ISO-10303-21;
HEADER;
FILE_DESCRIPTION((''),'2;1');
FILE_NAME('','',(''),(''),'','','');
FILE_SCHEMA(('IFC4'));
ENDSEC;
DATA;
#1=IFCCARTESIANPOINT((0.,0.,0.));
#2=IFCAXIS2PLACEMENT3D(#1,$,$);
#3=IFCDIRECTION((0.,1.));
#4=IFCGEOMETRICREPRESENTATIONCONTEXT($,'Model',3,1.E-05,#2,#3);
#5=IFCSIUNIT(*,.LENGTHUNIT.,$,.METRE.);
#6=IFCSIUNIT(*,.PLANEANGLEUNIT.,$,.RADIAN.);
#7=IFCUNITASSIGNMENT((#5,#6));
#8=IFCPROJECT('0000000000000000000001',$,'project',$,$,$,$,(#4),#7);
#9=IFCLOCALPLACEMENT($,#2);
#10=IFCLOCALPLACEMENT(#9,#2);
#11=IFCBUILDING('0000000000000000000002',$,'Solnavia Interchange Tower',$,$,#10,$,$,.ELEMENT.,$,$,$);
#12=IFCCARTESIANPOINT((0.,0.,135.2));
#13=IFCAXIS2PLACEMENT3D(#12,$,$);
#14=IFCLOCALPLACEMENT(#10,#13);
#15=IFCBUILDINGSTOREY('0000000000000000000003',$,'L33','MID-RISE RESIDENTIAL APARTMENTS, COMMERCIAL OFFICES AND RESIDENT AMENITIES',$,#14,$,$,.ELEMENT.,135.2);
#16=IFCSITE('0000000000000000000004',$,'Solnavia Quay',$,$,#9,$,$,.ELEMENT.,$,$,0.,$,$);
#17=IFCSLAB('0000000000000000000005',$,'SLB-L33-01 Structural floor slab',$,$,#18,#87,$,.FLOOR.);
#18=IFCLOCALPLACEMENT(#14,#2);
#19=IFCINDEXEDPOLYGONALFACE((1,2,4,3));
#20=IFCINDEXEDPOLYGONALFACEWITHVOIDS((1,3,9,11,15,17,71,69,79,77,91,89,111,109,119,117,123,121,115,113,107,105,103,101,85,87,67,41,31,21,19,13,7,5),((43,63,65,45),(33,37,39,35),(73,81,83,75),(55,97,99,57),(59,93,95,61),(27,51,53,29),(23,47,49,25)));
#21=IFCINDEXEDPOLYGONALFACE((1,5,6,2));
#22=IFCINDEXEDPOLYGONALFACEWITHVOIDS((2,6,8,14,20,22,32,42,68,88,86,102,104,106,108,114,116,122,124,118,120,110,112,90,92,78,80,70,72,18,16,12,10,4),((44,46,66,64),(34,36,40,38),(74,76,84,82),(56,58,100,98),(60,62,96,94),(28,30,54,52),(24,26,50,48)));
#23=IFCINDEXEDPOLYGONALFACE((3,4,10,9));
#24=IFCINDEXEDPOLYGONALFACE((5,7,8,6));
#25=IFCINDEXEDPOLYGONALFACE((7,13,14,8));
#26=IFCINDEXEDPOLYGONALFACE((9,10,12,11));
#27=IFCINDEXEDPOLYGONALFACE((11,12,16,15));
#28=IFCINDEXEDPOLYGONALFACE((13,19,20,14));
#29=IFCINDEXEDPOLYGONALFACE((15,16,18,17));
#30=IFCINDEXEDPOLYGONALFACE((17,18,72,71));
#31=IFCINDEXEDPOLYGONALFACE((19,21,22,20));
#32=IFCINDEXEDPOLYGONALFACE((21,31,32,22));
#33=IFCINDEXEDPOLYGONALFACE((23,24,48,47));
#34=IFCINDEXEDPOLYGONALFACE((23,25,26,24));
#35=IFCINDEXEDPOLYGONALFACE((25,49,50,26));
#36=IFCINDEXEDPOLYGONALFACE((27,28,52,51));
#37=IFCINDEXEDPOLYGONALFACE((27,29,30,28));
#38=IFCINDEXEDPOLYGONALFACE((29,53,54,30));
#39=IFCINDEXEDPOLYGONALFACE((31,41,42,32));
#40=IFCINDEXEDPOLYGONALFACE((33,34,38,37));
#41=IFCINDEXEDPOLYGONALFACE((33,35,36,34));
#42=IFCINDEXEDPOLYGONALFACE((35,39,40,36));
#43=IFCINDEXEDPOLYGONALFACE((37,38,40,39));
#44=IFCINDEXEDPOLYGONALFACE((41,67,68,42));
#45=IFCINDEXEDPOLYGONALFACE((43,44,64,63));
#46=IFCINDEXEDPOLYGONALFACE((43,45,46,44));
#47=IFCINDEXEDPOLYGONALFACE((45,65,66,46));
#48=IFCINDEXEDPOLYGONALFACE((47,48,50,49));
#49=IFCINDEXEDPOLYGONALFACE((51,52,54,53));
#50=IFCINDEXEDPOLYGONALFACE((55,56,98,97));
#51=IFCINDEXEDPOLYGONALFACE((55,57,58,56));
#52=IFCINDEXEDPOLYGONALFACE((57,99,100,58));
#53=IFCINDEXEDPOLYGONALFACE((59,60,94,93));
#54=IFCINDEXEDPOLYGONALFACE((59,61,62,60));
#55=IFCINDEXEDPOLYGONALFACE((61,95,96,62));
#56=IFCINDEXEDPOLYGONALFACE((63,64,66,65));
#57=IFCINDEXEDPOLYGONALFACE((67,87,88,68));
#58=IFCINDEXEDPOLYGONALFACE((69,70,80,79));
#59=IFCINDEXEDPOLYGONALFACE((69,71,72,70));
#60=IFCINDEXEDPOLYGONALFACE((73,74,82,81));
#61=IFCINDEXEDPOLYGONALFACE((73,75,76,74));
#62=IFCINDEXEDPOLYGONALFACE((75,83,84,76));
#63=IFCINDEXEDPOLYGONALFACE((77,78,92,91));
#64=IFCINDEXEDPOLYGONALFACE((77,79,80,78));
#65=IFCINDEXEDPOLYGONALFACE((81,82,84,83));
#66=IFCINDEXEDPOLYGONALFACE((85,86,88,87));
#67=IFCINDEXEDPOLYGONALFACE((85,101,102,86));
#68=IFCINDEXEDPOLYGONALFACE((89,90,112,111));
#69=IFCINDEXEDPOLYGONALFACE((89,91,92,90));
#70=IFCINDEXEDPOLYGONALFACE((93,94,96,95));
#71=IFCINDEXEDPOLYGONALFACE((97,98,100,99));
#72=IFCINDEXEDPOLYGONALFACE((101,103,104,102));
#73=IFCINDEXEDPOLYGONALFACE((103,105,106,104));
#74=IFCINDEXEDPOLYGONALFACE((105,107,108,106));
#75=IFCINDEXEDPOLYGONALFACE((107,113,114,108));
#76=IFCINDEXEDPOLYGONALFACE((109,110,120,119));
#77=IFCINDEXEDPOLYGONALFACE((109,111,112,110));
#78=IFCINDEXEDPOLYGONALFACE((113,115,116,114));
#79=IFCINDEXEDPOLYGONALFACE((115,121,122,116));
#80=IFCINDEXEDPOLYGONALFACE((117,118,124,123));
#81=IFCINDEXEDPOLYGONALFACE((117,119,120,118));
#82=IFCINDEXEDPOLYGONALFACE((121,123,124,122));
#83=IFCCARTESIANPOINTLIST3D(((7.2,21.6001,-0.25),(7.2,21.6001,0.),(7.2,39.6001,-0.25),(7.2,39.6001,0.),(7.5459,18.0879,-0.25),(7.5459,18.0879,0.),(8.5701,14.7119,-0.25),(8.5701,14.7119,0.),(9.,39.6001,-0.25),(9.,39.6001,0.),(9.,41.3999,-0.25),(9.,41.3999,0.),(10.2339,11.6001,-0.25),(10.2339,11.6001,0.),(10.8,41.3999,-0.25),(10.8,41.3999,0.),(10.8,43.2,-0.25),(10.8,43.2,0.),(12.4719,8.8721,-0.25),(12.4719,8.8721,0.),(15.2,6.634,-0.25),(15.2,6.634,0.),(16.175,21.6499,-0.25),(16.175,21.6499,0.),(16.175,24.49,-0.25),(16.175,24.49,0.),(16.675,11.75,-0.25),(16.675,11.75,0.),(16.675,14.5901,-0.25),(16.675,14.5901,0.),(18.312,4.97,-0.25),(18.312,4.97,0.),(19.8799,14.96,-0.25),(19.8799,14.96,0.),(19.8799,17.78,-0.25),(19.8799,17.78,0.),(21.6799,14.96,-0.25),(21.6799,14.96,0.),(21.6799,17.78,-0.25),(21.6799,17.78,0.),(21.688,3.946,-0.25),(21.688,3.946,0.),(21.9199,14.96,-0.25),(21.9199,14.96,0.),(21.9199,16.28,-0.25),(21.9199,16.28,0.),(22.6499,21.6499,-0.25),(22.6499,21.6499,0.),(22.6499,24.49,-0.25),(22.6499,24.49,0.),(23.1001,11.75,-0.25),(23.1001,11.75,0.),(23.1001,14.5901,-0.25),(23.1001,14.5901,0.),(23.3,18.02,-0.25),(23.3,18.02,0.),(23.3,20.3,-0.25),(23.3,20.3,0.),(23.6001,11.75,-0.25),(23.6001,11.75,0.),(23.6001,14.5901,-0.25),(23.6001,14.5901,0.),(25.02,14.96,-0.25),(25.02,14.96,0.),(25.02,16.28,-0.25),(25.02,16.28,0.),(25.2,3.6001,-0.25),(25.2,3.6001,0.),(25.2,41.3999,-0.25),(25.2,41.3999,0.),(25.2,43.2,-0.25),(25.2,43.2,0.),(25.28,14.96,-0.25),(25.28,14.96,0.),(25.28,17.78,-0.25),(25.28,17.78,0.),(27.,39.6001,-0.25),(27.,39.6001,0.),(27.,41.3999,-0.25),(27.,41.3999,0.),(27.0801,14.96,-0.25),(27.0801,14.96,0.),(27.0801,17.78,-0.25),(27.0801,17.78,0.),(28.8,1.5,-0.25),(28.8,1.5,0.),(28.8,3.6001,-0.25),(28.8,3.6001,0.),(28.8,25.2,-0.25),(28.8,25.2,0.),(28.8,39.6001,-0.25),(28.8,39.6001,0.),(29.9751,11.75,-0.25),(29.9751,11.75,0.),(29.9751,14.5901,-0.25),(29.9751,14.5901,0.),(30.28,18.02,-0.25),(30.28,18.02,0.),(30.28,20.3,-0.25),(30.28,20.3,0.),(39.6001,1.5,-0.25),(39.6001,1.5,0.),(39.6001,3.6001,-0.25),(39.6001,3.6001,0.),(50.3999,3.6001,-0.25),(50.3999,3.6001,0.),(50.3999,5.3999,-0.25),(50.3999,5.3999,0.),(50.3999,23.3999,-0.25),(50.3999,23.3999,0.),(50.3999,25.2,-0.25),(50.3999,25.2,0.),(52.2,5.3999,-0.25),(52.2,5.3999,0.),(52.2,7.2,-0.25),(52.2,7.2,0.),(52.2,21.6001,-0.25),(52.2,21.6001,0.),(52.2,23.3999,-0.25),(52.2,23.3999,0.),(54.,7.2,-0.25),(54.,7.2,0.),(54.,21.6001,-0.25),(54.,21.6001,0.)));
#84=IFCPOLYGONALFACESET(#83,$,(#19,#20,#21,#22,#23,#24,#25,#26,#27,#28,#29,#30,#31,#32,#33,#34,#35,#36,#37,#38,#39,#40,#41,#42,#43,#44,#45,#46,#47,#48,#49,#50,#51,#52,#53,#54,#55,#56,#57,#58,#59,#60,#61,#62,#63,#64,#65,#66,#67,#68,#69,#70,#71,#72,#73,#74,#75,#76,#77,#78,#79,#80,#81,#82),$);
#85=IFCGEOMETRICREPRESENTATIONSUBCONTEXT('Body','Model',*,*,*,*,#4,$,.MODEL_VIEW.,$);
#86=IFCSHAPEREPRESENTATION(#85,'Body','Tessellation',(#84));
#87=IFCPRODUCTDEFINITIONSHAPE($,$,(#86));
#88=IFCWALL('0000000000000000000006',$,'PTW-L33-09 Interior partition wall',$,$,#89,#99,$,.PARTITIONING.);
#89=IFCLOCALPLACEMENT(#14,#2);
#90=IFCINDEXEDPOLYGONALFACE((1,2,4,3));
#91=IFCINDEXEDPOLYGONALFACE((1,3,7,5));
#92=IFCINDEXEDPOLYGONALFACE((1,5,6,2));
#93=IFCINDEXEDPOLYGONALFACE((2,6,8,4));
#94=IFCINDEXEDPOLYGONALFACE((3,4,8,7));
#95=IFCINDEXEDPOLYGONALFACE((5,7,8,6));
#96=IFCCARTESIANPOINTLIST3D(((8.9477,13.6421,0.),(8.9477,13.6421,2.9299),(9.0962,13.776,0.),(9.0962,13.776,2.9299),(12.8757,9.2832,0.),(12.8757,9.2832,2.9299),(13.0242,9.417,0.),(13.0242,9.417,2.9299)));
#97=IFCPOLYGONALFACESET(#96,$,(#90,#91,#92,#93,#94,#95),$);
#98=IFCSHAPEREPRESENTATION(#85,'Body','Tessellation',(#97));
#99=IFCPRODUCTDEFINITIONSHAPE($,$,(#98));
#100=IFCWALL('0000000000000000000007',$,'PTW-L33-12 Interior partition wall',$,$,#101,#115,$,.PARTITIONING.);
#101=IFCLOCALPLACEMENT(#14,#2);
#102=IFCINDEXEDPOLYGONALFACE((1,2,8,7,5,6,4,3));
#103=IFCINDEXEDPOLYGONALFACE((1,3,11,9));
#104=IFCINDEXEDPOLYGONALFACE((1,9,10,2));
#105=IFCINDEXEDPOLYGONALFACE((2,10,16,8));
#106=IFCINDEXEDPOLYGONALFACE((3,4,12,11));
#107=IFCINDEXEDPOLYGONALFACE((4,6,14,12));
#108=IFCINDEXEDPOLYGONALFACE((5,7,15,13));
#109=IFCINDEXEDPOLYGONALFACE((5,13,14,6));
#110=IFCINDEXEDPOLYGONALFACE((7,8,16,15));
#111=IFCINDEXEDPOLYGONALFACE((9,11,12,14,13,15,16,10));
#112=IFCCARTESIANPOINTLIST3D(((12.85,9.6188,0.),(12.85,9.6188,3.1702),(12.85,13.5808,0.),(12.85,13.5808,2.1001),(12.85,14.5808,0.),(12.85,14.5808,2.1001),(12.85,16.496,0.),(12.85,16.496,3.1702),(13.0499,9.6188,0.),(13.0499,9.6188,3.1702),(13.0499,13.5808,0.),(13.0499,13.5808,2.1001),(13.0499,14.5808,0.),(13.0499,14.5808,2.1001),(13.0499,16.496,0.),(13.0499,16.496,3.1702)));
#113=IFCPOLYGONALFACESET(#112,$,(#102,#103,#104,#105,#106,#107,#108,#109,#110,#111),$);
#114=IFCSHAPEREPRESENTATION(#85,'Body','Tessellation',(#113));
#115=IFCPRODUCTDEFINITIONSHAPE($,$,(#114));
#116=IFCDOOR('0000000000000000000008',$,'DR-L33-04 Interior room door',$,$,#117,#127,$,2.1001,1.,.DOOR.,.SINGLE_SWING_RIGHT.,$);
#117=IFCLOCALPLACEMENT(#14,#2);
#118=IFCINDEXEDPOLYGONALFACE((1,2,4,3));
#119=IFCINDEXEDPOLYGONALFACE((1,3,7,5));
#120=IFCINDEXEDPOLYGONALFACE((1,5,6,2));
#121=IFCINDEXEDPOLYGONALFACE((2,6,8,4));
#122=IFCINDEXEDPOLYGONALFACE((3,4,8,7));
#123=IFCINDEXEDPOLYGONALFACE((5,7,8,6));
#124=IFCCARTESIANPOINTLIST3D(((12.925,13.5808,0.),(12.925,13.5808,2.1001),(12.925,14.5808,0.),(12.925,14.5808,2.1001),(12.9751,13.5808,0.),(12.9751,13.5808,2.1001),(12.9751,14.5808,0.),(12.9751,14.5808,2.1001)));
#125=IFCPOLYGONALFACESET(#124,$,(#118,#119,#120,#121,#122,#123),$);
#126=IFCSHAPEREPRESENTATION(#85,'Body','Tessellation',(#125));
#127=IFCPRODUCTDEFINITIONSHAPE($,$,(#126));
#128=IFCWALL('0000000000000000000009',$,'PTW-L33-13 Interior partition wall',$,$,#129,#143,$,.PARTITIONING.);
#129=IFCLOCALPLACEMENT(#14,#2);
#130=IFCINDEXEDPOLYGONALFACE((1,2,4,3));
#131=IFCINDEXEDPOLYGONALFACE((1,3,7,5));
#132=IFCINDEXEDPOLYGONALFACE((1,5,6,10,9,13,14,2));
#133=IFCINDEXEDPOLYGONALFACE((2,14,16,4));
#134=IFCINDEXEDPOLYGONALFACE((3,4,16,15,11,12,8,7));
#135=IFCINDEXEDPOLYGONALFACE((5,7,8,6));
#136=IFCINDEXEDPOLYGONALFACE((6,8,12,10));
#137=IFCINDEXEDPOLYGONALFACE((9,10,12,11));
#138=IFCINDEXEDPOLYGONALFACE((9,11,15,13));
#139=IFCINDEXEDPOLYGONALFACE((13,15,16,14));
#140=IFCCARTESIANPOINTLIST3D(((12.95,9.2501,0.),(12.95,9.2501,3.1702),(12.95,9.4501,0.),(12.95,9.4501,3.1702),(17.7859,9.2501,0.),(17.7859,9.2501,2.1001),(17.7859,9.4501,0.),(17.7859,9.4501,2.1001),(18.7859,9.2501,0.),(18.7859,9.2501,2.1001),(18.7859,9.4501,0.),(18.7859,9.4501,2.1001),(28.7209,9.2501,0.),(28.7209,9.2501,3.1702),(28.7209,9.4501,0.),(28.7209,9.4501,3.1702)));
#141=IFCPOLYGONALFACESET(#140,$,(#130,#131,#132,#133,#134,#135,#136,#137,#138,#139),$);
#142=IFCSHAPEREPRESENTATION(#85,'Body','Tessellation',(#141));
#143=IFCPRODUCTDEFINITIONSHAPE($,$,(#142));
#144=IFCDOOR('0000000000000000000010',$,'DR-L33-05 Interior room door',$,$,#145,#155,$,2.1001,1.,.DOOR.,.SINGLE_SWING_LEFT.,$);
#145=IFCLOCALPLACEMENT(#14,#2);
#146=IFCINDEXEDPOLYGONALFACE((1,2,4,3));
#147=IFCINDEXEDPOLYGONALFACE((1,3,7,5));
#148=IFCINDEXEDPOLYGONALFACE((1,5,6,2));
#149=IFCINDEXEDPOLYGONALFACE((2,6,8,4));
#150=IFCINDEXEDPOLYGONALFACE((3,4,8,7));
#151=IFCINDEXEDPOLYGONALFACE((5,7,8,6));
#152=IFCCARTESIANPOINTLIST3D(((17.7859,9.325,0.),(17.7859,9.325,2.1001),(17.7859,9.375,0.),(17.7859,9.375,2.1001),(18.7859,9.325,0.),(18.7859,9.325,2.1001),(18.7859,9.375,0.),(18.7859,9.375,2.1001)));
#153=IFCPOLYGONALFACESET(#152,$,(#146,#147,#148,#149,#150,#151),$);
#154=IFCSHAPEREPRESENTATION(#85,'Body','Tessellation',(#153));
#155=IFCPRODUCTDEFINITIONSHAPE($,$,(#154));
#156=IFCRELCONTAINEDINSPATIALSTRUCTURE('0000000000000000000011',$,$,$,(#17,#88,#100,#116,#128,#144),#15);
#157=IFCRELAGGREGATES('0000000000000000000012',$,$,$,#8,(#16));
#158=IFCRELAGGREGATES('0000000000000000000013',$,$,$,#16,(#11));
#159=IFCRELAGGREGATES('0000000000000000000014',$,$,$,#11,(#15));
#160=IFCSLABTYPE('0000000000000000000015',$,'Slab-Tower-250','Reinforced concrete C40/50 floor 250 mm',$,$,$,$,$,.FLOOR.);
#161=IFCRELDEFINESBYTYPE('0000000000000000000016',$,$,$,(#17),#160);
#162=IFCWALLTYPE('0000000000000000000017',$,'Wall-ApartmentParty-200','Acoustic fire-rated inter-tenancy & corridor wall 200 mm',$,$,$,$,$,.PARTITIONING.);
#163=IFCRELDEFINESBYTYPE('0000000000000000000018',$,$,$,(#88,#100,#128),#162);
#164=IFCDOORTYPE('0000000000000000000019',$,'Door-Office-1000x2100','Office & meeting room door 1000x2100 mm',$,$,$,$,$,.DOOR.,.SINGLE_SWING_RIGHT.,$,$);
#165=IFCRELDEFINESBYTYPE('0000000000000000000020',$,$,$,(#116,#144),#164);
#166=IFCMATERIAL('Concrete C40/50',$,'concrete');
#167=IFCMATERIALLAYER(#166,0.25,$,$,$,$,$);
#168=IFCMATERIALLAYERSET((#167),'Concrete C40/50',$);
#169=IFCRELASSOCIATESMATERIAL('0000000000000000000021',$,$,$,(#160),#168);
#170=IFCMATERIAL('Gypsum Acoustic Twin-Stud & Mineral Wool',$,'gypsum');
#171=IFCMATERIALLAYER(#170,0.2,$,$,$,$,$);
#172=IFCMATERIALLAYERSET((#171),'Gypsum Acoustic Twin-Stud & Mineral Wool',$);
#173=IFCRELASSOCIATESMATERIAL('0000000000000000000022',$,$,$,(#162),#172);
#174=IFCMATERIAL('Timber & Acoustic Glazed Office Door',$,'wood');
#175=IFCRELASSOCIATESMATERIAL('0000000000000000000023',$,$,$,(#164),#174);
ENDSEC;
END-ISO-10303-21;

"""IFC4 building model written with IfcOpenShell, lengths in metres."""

from ifc_helpers import new_model, si_unit, direction, frame, frame_2d, origin, place, context, subcontext, project, spatial, polyline, rectangle, outline, extrude, material, layer, layer_set, type_object, element, fill, save


model = new_model("IFC4")

# Units and contexts
model_context = context("Model", 3, precision=1e-05, world=origin(), true_north=direction((0.0, 1.0)))
body_context = subcontext(model_context, "Body", "Model", "MODEL_VIEW")
ifc_project = project(units=[si_unit("LENGTHUNIT", "METRE"), si_unit("PLANEANGLEUNIT", "RADIAN")], contexts=[model_context])

# Site, building, storey
site_placement = place(None, origin())
site = spatial("IfcSite", under=ifc_project, at=site_placement, Name="Solnavia Quay", CompositionType="ELEMENT", RefElevation=0.0)
building_placement = place(site_placement, origin())
building = spatial("IfcBuilding", under=site, at=building_placement, Name="Solnavia Interchange Tower", CompositionType="ELEMENT")
storey_placement = place(building_placement, frame((0.0, 0.0, 135.2)))
storey = spatial("IfcBuildingStorey", under=building, at=storey_placement, Name="L33", Description="MID-RISE RESIDENTIAL APARTMENTS, COMMERCIAL OFFICES AND RESIDENT AMENITIES", CompositionType="ELEMENT", Elevation=135.2)

# Shared definitions
ifc_material_1 = material(Name="Concrete C40/50", Category="concrete")

# Slab
ifc_layer_1 = layer(ifc_material_1, 0.25)
ifc_layer_set_1 = layer_set([ifc_layer_1], Name="Concrete C40/50")
slab_type_1 = type_object("IfcSlabType", Name="Slab-Tower-250", Description="Reinforced concrete C40/50 floor 250 mm", PredefinedType="FLOOR", material=ifc_layer_set_1)
slab_1_placement = place(storey_placement, frame((0.0, 0.0, -0.25)))
element("IfcSlab", 1, at=slab_1_placement, inside=storey, type_object=slab_type_1, Name="SLB-L33-01 Structural floor slab", PredefinedType="FLOOR", context=body_context, shape_type="SweptSolid", body=[
    extrude(outline(polyline([(25.2, 3.6001), (28.8, 3.6001), (28.8, 1.5), (39.6001, 1.5), (39.6001, 3.6001), (50.3999, 3.6001), (50.3999, 5.3999), (52.2, 5.3999), (52.2, 7.2), (54.0, 7.2), (54.0, 21.6001), (52.2, 21.6001), (52.2, 23.3999), (50.3999, 23.3999), (50.3999, 25.2), (28.8, 25.2), (28.8, 39.6001), (27.0, 39.6001), (27.0, 41.3999), (25.2, 41.3999), (25.2, 43.2), (10.8, 43.2), (10.8, 41.3999), (9.0, 41.3999), (9.0, 39.6001), (7.2, 39.6001), (7.2, 21.6001), (7.5459, 18.0879), (8.5701, 14.7119), (10.2339, 11.6001), (12.4719, 8.8721), (15.2, 6.634), (18.312, 4.97), (21.688, 3.946), (25.2, 3.6001)]), holes=[polyline([(16.675, 11.75), (23.1001, 11.75), (23.1001, 14.5901), (16.675, 14.5901), (16.675, 11.75)]), polyline([(23.6001, 11.75), (29.9751, 11.75), (29.9751, 14.5901), (23.6001, 14.5901), (23.6001, 11.75)]), polyline([(16.175, 21.6499), (22.6499, 21.6499), (22.6499, 24.49), (16.175, 24.49), (16.175, 21.6499)]), polyline([(19.8799, 14.96), (21.6799, 14.96), (21.6799, 17.78), (19.8799, 17.78), (19.8799, 14.96)]), polyline([(25.28, 14.96), (27.0801, 14.96), (27.0801, 17.78), (25.28, 17.78), (25.28, 14.96)]), polyline([(21.9199, 14.96), (25.02, 14.96), (25.02, 16.28), (21.9199, 16.28), (21.9199, 14.96)]), polyline([(23.3, 18.02), (30.28, 18.02), (30.28, 20.3), (23.3, 20.3), (23.3, 18.02)])]), origin(), (0.0, 0.0, 1.0), 0.25),
])

# Wall
ifc_material_2 = material(Name="Gypsum Acoustic Twin-Stud & Mineral Wool", Category="gypsum")
ifc_layer_2 = layer(ifc_material_2, 0.2)
ifc_layer_set_2 = layer_set([ifc_layer_2], Name="Gypsum Acoustic Twin-Stud & Mineral Wool")
wall_type_1 = type_object("IfcWallType", Name="Wall-ApartmentParty-200", Description="Acoustic fire-rated inter-tenancy & corridor wall 200 mm", PredefinedType="PARTITIONING", material=ifc_layer_set_2)
wall_1_placement = place(storey_placement, frame((12.95, 9.3501, 0.0), z_axis=(0.0, 0.0, 1.0), x_axis=(-0.669434, 0.742872, 0.0)))
element("IfcWall", 2, at=wall_1_placement, inside=storey, type_object=wall_type_1, Name="PTW-L33-09 Interior partition wall", PredefinedType="PARTITIONING", context=body_context, shape_type="SweptSolid", body=[
    extrude(rectangle(XDim=5.8677, YDim=0.2, at=frame_2d((2.9338, 0.0))), origin(), (0.0, 0.0, 1.0), 2.9299),
])

# Walls, openings, doors
wall_2_placement = place(storey_placement, frame((12.95, 9.6189, 0.0), z_axis=(0.0, 0.0, 1.0), x_axis=(0.0, 1.0, 0.0)))
wall_2 = element("IfcWall", 3, at=wall_2_placement, inside=storey, type_object=wall_type_1, Name="PTW-L33-12 Interior partition wall", PredefinedType="PARTITIONING", context=body_context, shape_type="SweptSolid", body=[
    extrude(rectangle(XDim=6.8772, YDim=0.2, at=frame_2d((3.4385, 0.0))), origin(), (0.0, 0.0, 1.0), 3.1702),
])
opening_1_placement = place(wall_2_placement, frame((3.9619, 0.0, 0.0)))
opening_1 = element("IfcOpeningElement", 4, at=opening_1_placement, cuts=wall_2, PredefinedType="OPENING", context=body_context, shape_type="SweptSolid", body=[
    extrude(rectangle(XDim=1.0, YDim=2.1001, at=frame_2d((0.5, 1.05))), frame((0.0, 0.1099, 0.0), z_axis=(0.0, -1.0, 0.0), x_axis=(1.0, 0.0, 0.0)), (0.0, 0.0, 1.0), 0.22),
])
ifc_material_3 = material(Name="Timber & Acoustic Glazed Office Door", Category="wood")
door_type = type_object("IfcDoorType", Name="Door-Office-1000x2100", Description="Office & meeting room door 1000x2100 mm", OperationType="SINGLE_SWING_RIGHT", PredefinedType="DOOR", material=ifc_material_3)
door_1_placement = place(opening_1_placement, origin())
door_1 = element("IfcDoor", 5, at=door_1_placement, inside=storey, type_object=door_type, Name="DR-L33-04 Interior room door", OperationType="SINGLE_SWING_RIGHT", OverallHeight=2.1001, OverallWidth=1.0, PredefinedType="DOOR", context=body_context, shape_type="SweptSolid", body=[
    extrude(rectangle(XDim=1.0, YDim=2.1001, at=frame_2d((0.5, 1.05))), frame((0.0, 0.0249, 0.0), z_axis=(0.0, -1.0, 0.0), x_axis=(1.0, 0.0, 0.0)), (0.0, 0.0, 1.0), 0.05),
])
fill(opening_1, door_1)
wall_3_placement = place(storey_placement, frame((12.95, 9.3501, 0.0), z_axis=(0.0, 0.0, 1.0), x_axis=(1.0, 0.0, 0.0)))
wall_3 = element("IfcWall", 6, at=wall_3_placement, inside=storey, type_object=wall_type_1, Name="PTW-L33-13 Interior partition wall", PredefinedType="PARTITIONING", context=body_context, shape_type="SweptSolid", body=[
    extrude(rectangle(XDim=15.771, YDim=0.2, at=frame_2d((7.8855, 0.0))), origin(), (0.0, 0.0, 1.0), 3.1702),
])
opening_2_placement = place(wall_3_placement, frame((4.8359, 0.0, 0.0)))
opening_2 = element("IfcOpeningElement", 7, at=opening_2_placement, cuts=wall_3, PredefinedType="OPENING", context=body_context, shape_type="SweptSolid", body=[
    extrude(rectangle(XDim=1.0, YDim=2.1001, at=frame_2d((0.5, 1.05))), frame((0.0, 0.1099, 0.0), z_axis=(0.0, -1.0, 0.0), x_axis=(1.0, 0.0, 0.0)), (0.0, 0.0, 1.0), 0.22),
])
door_2_placement = place(opening_2_placement, origin())
door_2 = element("IfcDoor", 8, at=door_2_placement, inside=storey, type_object=door_type, Name="DR-L33-05 Interior room door", OperationType="SINGLE_SWING_LEFT", OverallHeight=2.1001, OverallWidth=1.0, PredefinedType="DOOR", context=body_context, shape_type="SweptSolid", body=[
    extrude(rectangle(XDim=1.0, YDim=2.1001, at=frame_2d((0.5, 1.05))), frame((0.0, 0.0249, 0.0), z_axis=(0.0, -1.0, 0.0), x_axis=(1.0, 0.0, 0.0)), (0.0, 0.0, 1.0), 0.05),
])
fill(opening_2, door_2)

save(model, "model.ifc")
